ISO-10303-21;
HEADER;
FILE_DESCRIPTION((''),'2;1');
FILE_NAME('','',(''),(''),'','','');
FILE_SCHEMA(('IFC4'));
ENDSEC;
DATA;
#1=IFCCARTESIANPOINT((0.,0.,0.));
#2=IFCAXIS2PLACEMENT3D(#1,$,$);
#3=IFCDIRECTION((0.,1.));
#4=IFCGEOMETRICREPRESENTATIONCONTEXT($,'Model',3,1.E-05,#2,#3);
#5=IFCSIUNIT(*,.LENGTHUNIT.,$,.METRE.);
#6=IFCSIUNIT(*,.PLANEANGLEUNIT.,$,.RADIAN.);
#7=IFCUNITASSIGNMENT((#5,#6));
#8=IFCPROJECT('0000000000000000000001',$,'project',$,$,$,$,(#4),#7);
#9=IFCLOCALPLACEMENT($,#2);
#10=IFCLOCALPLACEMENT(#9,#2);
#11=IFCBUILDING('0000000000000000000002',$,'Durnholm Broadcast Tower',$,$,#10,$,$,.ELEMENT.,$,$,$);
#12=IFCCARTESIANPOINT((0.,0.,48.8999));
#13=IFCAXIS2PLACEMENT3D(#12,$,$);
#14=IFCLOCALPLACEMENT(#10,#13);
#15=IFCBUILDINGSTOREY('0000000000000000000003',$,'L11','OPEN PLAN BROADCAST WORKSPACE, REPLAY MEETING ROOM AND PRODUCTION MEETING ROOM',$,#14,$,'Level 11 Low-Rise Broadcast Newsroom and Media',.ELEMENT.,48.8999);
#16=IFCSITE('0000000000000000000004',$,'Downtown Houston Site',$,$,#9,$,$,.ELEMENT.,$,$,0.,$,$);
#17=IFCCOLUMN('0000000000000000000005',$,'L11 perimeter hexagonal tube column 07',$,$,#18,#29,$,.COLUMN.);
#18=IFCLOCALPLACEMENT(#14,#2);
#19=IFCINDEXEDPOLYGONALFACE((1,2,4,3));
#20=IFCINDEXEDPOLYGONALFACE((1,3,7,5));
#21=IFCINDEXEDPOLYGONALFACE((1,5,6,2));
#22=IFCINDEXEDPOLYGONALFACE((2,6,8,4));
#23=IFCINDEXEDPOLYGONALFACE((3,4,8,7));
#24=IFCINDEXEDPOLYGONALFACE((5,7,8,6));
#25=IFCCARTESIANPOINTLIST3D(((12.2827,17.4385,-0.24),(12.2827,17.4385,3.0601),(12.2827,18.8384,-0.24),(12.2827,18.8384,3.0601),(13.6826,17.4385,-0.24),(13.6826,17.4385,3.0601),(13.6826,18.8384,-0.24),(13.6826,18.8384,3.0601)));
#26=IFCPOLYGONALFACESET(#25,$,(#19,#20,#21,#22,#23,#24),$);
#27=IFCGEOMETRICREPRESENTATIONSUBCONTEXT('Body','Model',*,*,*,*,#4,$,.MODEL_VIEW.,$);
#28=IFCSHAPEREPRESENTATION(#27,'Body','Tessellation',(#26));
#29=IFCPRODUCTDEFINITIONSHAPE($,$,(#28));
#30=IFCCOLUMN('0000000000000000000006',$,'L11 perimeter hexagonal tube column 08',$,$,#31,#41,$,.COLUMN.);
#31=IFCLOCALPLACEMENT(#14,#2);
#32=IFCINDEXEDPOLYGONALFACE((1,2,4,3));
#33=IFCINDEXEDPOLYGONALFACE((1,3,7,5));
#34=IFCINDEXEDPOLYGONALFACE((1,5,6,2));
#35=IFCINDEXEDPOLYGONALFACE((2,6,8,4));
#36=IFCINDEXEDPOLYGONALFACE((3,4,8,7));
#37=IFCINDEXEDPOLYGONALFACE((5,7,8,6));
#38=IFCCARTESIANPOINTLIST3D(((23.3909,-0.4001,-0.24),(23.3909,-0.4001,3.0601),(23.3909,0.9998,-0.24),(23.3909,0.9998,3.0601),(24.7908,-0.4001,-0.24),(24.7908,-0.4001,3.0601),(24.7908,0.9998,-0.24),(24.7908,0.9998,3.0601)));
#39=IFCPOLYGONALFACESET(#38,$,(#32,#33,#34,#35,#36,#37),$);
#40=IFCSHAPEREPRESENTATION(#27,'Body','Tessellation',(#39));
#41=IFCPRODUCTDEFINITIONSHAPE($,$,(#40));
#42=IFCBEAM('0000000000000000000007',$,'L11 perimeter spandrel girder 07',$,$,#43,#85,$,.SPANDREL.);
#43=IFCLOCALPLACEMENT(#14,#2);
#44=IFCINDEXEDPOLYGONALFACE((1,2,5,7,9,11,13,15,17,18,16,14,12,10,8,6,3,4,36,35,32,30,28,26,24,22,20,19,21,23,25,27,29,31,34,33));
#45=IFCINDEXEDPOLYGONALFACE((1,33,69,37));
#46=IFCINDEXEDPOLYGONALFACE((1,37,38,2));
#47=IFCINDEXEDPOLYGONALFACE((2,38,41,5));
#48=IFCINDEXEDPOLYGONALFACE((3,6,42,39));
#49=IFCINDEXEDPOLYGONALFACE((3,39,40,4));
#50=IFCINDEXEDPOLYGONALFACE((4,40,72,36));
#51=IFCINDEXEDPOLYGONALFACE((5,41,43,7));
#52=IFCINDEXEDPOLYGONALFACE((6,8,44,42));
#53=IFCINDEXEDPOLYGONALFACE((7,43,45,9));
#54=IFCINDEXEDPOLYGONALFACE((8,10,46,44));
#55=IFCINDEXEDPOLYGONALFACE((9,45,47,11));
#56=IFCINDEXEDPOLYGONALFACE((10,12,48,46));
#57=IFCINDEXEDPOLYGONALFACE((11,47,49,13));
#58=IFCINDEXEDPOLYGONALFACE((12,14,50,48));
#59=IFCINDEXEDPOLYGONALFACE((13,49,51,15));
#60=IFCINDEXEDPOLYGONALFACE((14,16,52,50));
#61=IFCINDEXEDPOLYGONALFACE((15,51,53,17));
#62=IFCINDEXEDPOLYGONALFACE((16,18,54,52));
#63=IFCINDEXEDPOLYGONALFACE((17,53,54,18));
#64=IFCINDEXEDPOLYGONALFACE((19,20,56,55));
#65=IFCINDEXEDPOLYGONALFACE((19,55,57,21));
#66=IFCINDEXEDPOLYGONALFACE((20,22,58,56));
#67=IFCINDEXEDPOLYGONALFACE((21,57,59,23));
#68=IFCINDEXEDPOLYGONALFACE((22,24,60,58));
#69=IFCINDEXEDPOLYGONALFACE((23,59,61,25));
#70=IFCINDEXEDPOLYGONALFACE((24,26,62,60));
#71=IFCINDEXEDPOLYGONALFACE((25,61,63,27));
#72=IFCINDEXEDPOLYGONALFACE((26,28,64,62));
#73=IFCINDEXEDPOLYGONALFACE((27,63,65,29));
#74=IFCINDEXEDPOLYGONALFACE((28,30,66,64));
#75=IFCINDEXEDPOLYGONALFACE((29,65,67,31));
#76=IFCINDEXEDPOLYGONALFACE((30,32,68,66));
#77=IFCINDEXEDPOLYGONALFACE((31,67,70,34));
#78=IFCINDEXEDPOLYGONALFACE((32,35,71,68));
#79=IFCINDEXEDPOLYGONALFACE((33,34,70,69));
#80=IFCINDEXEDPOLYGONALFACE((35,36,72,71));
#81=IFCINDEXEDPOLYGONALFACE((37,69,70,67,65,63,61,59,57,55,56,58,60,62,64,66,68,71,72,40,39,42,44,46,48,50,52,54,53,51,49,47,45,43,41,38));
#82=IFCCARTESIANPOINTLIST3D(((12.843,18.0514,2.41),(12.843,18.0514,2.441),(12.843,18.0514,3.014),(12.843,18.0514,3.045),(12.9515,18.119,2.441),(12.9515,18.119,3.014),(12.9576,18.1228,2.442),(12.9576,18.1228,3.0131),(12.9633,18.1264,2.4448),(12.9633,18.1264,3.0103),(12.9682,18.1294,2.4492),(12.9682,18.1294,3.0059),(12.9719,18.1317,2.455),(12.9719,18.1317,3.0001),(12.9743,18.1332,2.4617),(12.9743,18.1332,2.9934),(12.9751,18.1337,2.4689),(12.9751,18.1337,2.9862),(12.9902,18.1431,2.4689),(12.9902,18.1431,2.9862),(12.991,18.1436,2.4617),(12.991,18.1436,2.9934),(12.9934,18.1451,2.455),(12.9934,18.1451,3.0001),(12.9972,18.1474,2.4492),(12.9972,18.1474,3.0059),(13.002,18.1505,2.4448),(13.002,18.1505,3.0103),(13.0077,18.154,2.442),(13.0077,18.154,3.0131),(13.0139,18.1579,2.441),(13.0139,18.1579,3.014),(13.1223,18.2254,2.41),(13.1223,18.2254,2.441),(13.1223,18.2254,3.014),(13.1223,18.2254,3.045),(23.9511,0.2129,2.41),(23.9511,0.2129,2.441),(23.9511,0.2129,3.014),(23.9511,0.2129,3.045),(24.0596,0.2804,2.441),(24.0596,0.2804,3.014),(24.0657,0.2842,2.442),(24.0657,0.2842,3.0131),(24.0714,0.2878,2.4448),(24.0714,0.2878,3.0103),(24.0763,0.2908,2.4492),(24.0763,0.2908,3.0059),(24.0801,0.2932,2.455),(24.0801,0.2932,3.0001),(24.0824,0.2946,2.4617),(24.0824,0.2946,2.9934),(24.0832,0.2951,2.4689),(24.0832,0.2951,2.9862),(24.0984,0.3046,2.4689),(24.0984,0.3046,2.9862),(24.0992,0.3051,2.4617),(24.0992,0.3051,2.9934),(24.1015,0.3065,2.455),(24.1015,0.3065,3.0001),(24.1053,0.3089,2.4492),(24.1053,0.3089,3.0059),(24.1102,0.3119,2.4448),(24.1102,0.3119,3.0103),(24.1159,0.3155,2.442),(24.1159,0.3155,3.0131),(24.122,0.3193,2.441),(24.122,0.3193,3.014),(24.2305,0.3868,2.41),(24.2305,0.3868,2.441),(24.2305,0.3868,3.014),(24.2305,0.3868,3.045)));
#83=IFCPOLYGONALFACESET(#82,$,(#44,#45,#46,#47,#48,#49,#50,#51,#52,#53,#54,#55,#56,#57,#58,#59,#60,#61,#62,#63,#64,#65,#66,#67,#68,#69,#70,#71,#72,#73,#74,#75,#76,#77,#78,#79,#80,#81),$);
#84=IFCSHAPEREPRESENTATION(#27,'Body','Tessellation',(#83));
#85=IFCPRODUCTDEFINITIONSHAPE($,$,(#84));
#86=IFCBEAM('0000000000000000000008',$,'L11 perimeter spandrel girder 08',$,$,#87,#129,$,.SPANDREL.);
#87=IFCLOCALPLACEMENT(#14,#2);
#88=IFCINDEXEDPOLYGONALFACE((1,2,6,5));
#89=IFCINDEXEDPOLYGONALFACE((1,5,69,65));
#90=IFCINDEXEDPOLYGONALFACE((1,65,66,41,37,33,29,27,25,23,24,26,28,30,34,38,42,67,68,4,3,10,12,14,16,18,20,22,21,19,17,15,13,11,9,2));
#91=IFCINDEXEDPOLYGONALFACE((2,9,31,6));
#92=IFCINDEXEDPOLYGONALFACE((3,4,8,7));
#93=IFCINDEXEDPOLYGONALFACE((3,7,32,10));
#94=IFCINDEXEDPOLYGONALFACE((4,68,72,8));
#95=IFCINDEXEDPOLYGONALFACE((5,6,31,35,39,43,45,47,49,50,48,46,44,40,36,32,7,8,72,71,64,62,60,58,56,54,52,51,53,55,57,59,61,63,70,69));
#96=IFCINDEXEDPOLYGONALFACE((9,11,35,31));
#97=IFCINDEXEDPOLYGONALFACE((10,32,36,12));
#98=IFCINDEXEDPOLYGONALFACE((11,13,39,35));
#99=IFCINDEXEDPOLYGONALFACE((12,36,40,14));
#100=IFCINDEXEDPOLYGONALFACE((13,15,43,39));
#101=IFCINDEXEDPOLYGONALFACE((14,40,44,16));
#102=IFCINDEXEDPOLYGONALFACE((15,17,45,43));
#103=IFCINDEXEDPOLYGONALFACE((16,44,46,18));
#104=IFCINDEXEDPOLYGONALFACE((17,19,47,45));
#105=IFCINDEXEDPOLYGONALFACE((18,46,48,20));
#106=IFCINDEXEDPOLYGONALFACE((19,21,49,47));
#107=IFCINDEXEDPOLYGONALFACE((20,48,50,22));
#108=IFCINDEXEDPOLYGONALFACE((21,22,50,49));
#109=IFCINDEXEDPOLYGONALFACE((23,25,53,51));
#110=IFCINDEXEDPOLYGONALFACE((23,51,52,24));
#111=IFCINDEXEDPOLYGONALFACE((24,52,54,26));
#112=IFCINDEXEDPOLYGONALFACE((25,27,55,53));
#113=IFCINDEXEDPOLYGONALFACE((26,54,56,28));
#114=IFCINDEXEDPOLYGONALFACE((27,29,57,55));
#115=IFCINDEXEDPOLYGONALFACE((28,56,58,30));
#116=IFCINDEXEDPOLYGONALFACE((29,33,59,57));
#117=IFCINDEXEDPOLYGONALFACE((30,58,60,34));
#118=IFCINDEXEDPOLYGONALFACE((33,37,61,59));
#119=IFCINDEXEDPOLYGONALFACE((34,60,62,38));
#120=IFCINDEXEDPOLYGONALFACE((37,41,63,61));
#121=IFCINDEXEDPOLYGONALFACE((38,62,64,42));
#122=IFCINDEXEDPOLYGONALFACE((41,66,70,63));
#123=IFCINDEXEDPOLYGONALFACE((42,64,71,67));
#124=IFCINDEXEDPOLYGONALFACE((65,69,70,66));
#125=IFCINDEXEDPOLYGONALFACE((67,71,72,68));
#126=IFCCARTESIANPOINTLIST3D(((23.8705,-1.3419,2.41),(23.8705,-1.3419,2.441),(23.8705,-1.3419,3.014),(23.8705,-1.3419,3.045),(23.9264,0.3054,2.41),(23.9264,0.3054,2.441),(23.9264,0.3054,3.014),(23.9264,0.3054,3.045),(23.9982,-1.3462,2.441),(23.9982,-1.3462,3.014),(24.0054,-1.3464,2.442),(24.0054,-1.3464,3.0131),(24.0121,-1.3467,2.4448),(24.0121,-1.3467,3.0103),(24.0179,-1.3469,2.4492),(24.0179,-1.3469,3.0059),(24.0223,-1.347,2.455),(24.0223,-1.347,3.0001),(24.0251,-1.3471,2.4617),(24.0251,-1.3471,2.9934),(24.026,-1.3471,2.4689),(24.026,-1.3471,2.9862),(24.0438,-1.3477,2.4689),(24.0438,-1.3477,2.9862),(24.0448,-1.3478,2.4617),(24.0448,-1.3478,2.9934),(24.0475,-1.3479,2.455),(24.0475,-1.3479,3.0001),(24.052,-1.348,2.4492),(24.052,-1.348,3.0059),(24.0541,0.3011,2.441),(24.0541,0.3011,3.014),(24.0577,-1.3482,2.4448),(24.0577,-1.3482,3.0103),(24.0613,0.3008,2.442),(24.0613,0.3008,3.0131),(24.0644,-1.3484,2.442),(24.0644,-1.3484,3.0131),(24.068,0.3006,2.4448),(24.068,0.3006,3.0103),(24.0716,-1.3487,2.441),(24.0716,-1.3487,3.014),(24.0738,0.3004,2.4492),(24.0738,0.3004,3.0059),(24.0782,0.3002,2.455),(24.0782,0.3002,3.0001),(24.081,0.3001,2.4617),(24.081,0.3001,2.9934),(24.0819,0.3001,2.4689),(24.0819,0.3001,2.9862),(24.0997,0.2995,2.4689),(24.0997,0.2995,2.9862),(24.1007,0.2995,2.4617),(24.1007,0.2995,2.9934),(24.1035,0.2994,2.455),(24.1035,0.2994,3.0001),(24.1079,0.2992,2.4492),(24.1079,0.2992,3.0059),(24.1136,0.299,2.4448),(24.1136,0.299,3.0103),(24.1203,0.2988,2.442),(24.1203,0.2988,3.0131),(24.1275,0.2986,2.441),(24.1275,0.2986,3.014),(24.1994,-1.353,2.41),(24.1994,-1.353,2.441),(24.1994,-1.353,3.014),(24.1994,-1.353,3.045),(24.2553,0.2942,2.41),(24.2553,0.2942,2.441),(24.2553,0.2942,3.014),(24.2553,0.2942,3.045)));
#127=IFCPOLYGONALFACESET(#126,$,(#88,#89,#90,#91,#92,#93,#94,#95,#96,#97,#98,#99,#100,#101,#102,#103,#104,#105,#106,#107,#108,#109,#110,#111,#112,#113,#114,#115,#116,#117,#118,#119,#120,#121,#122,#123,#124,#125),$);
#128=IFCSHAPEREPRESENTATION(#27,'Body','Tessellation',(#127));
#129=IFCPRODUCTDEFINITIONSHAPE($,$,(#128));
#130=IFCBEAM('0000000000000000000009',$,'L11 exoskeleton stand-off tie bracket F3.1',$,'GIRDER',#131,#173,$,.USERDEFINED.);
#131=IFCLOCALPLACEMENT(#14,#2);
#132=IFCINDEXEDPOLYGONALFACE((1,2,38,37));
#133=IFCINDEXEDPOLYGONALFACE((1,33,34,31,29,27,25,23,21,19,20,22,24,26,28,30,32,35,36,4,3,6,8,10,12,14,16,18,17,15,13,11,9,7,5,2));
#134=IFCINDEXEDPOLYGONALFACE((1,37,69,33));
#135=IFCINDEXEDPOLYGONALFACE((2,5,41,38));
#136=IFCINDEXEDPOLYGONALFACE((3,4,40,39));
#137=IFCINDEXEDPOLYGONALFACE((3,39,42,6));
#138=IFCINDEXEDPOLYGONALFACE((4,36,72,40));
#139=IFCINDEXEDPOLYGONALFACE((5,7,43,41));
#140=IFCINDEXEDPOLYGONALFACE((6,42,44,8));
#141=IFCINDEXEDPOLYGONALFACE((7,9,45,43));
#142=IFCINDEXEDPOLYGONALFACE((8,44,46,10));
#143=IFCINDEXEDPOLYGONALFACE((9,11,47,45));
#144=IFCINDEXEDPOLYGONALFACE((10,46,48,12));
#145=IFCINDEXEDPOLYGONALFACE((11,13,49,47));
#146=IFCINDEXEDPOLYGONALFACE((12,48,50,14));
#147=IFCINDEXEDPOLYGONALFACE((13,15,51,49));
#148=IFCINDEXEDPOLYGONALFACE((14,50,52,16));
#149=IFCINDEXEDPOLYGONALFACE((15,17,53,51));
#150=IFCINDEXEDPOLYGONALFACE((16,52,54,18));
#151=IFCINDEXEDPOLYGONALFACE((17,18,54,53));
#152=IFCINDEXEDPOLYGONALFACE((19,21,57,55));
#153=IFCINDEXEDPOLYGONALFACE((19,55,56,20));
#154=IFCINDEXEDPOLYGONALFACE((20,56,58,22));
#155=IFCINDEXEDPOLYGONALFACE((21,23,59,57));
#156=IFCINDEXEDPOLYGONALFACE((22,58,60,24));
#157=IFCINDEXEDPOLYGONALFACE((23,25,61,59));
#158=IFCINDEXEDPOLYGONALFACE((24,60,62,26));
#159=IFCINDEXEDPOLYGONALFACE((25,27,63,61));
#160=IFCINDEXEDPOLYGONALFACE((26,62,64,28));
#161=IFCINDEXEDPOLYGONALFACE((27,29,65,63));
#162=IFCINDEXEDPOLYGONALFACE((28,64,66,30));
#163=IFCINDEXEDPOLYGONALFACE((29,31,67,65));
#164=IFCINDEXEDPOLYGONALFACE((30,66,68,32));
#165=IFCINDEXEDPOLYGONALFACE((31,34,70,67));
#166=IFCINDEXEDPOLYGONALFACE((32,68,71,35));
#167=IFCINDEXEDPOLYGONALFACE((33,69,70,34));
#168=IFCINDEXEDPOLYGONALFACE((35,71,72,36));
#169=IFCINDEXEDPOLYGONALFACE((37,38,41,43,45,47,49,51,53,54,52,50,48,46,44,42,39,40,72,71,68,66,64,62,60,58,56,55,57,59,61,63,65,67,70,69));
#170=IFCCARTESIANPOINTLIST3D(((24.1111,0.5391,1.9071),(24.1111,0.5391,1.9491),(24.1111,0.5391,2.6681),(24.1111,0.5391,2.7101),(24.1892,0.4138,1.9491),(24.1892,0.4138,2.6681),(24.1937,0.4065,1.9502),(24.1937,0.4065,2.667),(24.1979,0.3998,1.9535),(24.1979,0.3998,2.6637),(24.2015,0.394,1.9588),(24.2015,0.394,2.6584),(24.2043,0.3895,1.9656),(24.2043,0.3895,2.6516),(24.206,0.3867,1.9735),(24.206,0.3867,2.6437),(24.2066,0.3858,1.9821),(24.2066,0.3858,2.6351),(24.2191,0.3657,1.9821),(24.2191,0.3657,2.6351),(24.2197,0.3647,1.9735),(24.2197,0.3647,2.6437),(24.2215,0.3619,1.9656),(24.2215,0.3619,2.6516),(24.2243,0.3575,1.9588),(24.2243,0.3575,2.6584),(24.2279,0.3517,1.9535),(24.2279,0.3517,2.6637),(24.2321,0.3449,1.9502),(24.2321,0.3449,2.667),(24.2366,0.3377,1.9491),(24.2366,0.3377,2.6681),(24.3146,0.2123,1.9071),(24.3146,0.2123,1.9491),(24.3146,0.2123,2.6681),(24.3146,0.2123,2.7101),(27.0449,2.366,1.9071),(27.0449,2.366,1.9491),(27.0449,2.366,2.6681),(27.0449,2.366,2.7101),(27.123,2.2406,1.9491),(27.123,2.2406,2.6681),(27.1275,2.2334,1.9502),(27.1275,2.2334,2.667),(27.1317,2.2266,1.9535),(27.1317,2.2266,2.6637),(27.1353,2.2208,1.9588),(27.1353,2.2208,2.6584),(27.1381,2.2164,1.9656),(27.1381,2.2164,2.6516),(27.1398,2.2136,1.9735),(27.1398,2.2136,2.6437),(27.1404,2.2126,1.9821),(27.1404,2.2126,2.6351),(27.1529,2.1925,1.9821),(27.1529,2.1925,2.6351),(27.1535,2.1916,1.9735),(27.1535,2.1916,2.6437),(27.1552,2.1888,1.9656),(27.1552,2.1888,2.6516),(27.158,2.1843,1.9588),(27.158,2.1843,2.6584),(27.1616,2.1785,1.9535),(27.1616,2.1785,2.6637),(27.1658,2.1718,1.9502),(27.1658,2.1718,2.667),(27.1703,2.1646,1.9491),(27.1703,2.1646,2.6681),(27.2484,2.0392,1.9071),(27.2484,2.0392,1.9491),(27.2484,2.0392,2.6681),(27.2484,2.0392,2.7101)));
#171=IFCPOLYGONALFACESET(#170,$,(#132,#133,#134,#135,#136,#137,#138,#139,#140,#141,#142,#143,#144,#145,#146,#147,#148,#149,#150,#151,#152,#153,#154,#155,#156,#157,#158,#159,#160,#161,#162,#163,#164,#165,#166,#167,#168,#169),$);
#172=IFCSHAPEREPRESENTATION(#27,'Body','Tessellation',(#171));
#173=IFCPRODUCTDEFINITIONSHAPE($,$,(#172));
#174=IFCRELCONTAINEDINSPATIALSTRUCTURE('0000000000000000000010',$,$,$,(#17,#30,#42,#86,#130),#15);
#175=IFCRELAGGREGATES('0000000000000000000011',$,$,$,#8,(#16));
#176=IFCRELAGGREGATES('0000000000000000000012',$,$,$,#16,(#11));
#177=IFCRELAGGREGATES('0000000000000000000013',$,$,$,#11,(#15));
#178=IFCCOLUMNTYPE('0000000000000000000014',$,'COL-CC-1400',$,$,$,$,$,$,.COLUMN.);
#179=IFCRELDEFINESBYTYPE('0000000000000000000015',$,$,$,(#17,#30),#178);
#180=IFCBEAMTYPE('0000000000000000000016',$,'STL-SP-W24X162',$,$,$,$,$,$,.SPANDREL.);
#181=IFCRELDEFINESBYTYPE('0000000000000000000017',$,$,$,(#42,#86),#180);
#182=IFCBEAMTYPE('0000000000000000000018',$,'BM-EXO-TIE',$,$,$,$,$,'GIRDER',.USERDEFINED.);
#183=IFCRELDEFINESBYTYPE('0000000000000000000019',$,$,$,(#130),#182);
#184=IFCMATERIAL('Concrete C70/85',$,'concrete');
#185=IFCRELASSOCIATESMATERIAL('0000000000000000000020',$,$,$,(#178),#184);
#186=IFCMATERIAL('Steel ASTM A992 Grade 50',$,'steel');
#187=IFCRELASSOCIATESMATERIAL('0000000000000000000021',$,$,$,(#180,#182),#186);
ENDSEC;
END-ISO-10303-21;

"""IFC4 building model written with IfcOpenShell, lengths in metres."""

from ifc_helpers import new_model, si_unit, direction, frame, origin, origin_2d, place, context, subcontext, project, spatial, rectangle, i_section, extrude, source, transform, mapped, material, material_profile, profile_set, type_object, type_shapes, element, save


model = new_model("IFC4")

# Units and contexts
model_context = context("Model", 3, precision=1e-05, world=origin(), true_north=direction((0.0, 1.0)))
body_context = subcontext(model_context, "Body", "Model", "MODEL_VIEW")
ifc_project = project(units=[si_unit("LENGTHUNIT", "METRE"), si_unit("PLANEANGLEUNIT", "RADIAN")], contexts=[model_context])

# Site, building, storey
site_placement = place(None, origin())
site = spatial("IfcSite", under=ifc_project, at=site_placement, Name="Downtown Houston Site", CompositionType="ELEMENT", RefElevation=0.0)
building_placement = place(site_placement, origin())
building = spatial("IfcBuilding", under=site, at=building_placement, Name="Durnholm Broadcast Tower", CompositionType="ELEMENT")
storey_placement = place(building_placement, frame((0.0, 0.0, 48.8999)))
storey = spatial("IfcBuildingStorey", under=building, at=storey_placement, Name="L11", Description="OPEN PLAN BROADCAST WORKSPACE, REPLAY MEETING ROOM AND PRODUCTION MEETING ROOM", LongName="Level 11 Low-Rise Broadcast Newsroom and Media", CompositionType="ELEMENT", Elevation=48.8999)

# Columns
ifc_material_1 = material(Name="Concrete C70/85", Category="concrete")
ifc_material_profile_1 = material_profile(ifc_material_1, rectangle(XDim=1.3999, YDim=1.3999, at=origin_2d()), Name="RC1400X1400")
ifc_profile_set_1 = profile_set([ifc_material_profile_1], Name="Concrete C70/85")
column_type = type_object("IfcColumnType", Name="COL-CC-1400", PredefinedType="COLUMN", material=ifc_profile_set_1)
shared_shape_1 = source(origin(), body_context, "Body", "SweptSolid", [
    extrude(rectangle(XDim=1.3999, YDim=1.3999, at=origin_2d()), origin(), (0.0, 0.0, 1.0), 3.3),
])
type_shapes(column_type, [shared_shape_1])
for number, where, z_axis, x_axis, name in (
    (1, (12.9827, 18.1384, -0.24), (0.0, 0.0, 1.0), (1.0, 0.0, 0.0), "L11 perimeter hexagonal tube column 07"),
    (2, (24.0908, 0.2998, -0.24), (0.0, 0.0, 1.0), (1.0, 0.0, 0.0), "L11 perimeter hexagonal tube column 08"),
):
    element("IfcColumn", number, at=place(storey_placement, frame(where, z_axis=z_axis, x_axis=x_axis)), inside=storey, type_object=column_type, Name=name, PredefinedType="COLUMN", context=body_context, shape_type="MappedRepresentation", body=[
        mapped(shared_shape_1, transform((0.0, 0.0, 0.0), x_axis=(1.0, 0.0, 0.0), y_axis=(0.0, 1.0, 0.0), z_axis=(0.0, 0.0, 1.0), scale=1.0)),
    ])

# Beams
ifc_material_2 = material(Name="Steel ASTM A992 Grade 50", Category="steel")
ifc_material_profile_2 = material_profile(ifc_material_2, i_section(OverallWidth=0.3291, OverallDepth=0.635, WebThickness=0.0178, FlangeThickness=0.031, FilletRadius=0.0278, at=origin_2d()), Name="W24X162")
ifc_profile_set_2 = profile_set([ifc_material_profile_2], Name="Steel ASTM A992 Grade 50")
beam_type_1 = type_object("IfcBeamType", Name="STL-SP-W24X162", PredefinedType="SPANDREL", material=ifc_profile_set_2)
shared_shape_2 = source(origin(), body_context, "Body", "SweptSolid", [
    extrude(i_section(OverallWidth=0.3291, OverallDepth=0.635, WebThickness=0.0178, FlangeThickness=0.031, FilletRadius=0.0278, at=origin_2d()), origin(), (0.0, 0.0, 1.0), 21.0144),
])
beam_1_placement = place(storey_placement, frame((12.9827, 18.1384, 2.7275), z_axis=(0.528596, -0.848874, 0.0), x_axis=(0.848874, 0.528596, 0.0)))
element("IfcBeam", 3, at=beam_1_placement, inside=storey, type_object=beam_type_1, Name="L11 perimeter spandrel girder 07", PredefinedType="SPANDREL", context=body_context, shape_type="MappedRepresentation", body=[
    mapped(shared_shape_2, transform((0.0, 0.0, 0.0), x_axis=(1.0, 0.0, 0.0), y_axis=(0.0, 1.0, 0.0), z_axis=(0.0, 0.0, 1.0), scale=1.0)),
])
shared_shape_3 = source(origin(), body_context, "Body", "SweptSolid", [
    extrude(i_section(OverallWidth=0.3291, OverallDepth=0.635, WebThickness=0.0178, FlangeThickness=0.031, FilletRadius=0.0278, at=origin_2d()), origin(), (0.0, 0.0, 1.0), 1.6482),
])
type_shapes(beam_type_1, [shared_shape_2, shared_shape_3])
beam_2_placement = place(storey_placement, frame((24.0908, 0.2998, 2.7275), z_axis=(-0.033921, -0.999425, 0.0), x_axis=(0.999425, -0.033921, 0.0)))
element("IfcBeam", 4, at=beam_2_placement, inside=storey, type_object=beam_type_1, Name="L11 perimeter spandrel girder 08", PredefinedType="SPANDREL", context=body_context, shape_type="MappedRepresentation", body=[
    mapped(shared_shape_3, transform((0.0, 0.0, 0.0), x_axis=(1.0, 0.0, 0.0), y_axis=(0.0, 1.0, 0.0), z_axis=(0.0, 0.0, 1.0), scale=1.0)),
])
ifc_material_profile_3 = material_profile(ifc_material_2, i_section(OverallWidth=0.385, OverallDepth=0.803, WebThickness=0.0237, FlangeThickness=0.042, FilletRadius=0.033, at=origin_2d()), Name="W30X261")
ifc_profile_set_3 = profile_set([ifc_material_profile_3], Name="Steel ASTM A992 Grade 50")
beam_type_2 = type_object("IfcBeamType", Name="BM-EXO-TIE", ElementType="GIRDER", PredefinedType="USERDEFINED", material=ifc_profile_set_3)
shared_shape_4 = source(origin(), body_context, "Body", "SweptSolid", [
    extrude(i_section(OverallWidth=0.385, OverallDepth=0.803, WebThickness=0.0237, FlangeThickness=0.042, FilletRadius=0.033, at=origin_2d()), origin(), (0.0, 0.0, 1.0), 3.4561),
])
for number, where, z_axis, x_axis, name in (
    (5, (24.2129, 0.3757, 2.3086), (0.848874, 0.528595, 0.0), (-0.528595, 0.848874, 0.0), "L11 exoskeleton stand-off tie bracket F3.1"),
):
    element("IfcBeam", number, at=place(storey_placement, frame(where, z_axis=z_axis, x_axis=x_axis)), inside=storey, type_object=beam_type_2, Name=name, ObjectType="GIRDER", PredefinedType="USERDEFINED", context=body_context, shape_type="MappedRepresentation", body=[
        mapped(shared_shape_4, transform((0.0, 0.0, 0.0), x_axis=(1.0, 0.0, 0.0), y_axis=(0.0, 1.0, 0.0), z_axis=(0.0, 0.0, 1.0), scale=1.0)),
    ])

save(model, "model.ifc")
